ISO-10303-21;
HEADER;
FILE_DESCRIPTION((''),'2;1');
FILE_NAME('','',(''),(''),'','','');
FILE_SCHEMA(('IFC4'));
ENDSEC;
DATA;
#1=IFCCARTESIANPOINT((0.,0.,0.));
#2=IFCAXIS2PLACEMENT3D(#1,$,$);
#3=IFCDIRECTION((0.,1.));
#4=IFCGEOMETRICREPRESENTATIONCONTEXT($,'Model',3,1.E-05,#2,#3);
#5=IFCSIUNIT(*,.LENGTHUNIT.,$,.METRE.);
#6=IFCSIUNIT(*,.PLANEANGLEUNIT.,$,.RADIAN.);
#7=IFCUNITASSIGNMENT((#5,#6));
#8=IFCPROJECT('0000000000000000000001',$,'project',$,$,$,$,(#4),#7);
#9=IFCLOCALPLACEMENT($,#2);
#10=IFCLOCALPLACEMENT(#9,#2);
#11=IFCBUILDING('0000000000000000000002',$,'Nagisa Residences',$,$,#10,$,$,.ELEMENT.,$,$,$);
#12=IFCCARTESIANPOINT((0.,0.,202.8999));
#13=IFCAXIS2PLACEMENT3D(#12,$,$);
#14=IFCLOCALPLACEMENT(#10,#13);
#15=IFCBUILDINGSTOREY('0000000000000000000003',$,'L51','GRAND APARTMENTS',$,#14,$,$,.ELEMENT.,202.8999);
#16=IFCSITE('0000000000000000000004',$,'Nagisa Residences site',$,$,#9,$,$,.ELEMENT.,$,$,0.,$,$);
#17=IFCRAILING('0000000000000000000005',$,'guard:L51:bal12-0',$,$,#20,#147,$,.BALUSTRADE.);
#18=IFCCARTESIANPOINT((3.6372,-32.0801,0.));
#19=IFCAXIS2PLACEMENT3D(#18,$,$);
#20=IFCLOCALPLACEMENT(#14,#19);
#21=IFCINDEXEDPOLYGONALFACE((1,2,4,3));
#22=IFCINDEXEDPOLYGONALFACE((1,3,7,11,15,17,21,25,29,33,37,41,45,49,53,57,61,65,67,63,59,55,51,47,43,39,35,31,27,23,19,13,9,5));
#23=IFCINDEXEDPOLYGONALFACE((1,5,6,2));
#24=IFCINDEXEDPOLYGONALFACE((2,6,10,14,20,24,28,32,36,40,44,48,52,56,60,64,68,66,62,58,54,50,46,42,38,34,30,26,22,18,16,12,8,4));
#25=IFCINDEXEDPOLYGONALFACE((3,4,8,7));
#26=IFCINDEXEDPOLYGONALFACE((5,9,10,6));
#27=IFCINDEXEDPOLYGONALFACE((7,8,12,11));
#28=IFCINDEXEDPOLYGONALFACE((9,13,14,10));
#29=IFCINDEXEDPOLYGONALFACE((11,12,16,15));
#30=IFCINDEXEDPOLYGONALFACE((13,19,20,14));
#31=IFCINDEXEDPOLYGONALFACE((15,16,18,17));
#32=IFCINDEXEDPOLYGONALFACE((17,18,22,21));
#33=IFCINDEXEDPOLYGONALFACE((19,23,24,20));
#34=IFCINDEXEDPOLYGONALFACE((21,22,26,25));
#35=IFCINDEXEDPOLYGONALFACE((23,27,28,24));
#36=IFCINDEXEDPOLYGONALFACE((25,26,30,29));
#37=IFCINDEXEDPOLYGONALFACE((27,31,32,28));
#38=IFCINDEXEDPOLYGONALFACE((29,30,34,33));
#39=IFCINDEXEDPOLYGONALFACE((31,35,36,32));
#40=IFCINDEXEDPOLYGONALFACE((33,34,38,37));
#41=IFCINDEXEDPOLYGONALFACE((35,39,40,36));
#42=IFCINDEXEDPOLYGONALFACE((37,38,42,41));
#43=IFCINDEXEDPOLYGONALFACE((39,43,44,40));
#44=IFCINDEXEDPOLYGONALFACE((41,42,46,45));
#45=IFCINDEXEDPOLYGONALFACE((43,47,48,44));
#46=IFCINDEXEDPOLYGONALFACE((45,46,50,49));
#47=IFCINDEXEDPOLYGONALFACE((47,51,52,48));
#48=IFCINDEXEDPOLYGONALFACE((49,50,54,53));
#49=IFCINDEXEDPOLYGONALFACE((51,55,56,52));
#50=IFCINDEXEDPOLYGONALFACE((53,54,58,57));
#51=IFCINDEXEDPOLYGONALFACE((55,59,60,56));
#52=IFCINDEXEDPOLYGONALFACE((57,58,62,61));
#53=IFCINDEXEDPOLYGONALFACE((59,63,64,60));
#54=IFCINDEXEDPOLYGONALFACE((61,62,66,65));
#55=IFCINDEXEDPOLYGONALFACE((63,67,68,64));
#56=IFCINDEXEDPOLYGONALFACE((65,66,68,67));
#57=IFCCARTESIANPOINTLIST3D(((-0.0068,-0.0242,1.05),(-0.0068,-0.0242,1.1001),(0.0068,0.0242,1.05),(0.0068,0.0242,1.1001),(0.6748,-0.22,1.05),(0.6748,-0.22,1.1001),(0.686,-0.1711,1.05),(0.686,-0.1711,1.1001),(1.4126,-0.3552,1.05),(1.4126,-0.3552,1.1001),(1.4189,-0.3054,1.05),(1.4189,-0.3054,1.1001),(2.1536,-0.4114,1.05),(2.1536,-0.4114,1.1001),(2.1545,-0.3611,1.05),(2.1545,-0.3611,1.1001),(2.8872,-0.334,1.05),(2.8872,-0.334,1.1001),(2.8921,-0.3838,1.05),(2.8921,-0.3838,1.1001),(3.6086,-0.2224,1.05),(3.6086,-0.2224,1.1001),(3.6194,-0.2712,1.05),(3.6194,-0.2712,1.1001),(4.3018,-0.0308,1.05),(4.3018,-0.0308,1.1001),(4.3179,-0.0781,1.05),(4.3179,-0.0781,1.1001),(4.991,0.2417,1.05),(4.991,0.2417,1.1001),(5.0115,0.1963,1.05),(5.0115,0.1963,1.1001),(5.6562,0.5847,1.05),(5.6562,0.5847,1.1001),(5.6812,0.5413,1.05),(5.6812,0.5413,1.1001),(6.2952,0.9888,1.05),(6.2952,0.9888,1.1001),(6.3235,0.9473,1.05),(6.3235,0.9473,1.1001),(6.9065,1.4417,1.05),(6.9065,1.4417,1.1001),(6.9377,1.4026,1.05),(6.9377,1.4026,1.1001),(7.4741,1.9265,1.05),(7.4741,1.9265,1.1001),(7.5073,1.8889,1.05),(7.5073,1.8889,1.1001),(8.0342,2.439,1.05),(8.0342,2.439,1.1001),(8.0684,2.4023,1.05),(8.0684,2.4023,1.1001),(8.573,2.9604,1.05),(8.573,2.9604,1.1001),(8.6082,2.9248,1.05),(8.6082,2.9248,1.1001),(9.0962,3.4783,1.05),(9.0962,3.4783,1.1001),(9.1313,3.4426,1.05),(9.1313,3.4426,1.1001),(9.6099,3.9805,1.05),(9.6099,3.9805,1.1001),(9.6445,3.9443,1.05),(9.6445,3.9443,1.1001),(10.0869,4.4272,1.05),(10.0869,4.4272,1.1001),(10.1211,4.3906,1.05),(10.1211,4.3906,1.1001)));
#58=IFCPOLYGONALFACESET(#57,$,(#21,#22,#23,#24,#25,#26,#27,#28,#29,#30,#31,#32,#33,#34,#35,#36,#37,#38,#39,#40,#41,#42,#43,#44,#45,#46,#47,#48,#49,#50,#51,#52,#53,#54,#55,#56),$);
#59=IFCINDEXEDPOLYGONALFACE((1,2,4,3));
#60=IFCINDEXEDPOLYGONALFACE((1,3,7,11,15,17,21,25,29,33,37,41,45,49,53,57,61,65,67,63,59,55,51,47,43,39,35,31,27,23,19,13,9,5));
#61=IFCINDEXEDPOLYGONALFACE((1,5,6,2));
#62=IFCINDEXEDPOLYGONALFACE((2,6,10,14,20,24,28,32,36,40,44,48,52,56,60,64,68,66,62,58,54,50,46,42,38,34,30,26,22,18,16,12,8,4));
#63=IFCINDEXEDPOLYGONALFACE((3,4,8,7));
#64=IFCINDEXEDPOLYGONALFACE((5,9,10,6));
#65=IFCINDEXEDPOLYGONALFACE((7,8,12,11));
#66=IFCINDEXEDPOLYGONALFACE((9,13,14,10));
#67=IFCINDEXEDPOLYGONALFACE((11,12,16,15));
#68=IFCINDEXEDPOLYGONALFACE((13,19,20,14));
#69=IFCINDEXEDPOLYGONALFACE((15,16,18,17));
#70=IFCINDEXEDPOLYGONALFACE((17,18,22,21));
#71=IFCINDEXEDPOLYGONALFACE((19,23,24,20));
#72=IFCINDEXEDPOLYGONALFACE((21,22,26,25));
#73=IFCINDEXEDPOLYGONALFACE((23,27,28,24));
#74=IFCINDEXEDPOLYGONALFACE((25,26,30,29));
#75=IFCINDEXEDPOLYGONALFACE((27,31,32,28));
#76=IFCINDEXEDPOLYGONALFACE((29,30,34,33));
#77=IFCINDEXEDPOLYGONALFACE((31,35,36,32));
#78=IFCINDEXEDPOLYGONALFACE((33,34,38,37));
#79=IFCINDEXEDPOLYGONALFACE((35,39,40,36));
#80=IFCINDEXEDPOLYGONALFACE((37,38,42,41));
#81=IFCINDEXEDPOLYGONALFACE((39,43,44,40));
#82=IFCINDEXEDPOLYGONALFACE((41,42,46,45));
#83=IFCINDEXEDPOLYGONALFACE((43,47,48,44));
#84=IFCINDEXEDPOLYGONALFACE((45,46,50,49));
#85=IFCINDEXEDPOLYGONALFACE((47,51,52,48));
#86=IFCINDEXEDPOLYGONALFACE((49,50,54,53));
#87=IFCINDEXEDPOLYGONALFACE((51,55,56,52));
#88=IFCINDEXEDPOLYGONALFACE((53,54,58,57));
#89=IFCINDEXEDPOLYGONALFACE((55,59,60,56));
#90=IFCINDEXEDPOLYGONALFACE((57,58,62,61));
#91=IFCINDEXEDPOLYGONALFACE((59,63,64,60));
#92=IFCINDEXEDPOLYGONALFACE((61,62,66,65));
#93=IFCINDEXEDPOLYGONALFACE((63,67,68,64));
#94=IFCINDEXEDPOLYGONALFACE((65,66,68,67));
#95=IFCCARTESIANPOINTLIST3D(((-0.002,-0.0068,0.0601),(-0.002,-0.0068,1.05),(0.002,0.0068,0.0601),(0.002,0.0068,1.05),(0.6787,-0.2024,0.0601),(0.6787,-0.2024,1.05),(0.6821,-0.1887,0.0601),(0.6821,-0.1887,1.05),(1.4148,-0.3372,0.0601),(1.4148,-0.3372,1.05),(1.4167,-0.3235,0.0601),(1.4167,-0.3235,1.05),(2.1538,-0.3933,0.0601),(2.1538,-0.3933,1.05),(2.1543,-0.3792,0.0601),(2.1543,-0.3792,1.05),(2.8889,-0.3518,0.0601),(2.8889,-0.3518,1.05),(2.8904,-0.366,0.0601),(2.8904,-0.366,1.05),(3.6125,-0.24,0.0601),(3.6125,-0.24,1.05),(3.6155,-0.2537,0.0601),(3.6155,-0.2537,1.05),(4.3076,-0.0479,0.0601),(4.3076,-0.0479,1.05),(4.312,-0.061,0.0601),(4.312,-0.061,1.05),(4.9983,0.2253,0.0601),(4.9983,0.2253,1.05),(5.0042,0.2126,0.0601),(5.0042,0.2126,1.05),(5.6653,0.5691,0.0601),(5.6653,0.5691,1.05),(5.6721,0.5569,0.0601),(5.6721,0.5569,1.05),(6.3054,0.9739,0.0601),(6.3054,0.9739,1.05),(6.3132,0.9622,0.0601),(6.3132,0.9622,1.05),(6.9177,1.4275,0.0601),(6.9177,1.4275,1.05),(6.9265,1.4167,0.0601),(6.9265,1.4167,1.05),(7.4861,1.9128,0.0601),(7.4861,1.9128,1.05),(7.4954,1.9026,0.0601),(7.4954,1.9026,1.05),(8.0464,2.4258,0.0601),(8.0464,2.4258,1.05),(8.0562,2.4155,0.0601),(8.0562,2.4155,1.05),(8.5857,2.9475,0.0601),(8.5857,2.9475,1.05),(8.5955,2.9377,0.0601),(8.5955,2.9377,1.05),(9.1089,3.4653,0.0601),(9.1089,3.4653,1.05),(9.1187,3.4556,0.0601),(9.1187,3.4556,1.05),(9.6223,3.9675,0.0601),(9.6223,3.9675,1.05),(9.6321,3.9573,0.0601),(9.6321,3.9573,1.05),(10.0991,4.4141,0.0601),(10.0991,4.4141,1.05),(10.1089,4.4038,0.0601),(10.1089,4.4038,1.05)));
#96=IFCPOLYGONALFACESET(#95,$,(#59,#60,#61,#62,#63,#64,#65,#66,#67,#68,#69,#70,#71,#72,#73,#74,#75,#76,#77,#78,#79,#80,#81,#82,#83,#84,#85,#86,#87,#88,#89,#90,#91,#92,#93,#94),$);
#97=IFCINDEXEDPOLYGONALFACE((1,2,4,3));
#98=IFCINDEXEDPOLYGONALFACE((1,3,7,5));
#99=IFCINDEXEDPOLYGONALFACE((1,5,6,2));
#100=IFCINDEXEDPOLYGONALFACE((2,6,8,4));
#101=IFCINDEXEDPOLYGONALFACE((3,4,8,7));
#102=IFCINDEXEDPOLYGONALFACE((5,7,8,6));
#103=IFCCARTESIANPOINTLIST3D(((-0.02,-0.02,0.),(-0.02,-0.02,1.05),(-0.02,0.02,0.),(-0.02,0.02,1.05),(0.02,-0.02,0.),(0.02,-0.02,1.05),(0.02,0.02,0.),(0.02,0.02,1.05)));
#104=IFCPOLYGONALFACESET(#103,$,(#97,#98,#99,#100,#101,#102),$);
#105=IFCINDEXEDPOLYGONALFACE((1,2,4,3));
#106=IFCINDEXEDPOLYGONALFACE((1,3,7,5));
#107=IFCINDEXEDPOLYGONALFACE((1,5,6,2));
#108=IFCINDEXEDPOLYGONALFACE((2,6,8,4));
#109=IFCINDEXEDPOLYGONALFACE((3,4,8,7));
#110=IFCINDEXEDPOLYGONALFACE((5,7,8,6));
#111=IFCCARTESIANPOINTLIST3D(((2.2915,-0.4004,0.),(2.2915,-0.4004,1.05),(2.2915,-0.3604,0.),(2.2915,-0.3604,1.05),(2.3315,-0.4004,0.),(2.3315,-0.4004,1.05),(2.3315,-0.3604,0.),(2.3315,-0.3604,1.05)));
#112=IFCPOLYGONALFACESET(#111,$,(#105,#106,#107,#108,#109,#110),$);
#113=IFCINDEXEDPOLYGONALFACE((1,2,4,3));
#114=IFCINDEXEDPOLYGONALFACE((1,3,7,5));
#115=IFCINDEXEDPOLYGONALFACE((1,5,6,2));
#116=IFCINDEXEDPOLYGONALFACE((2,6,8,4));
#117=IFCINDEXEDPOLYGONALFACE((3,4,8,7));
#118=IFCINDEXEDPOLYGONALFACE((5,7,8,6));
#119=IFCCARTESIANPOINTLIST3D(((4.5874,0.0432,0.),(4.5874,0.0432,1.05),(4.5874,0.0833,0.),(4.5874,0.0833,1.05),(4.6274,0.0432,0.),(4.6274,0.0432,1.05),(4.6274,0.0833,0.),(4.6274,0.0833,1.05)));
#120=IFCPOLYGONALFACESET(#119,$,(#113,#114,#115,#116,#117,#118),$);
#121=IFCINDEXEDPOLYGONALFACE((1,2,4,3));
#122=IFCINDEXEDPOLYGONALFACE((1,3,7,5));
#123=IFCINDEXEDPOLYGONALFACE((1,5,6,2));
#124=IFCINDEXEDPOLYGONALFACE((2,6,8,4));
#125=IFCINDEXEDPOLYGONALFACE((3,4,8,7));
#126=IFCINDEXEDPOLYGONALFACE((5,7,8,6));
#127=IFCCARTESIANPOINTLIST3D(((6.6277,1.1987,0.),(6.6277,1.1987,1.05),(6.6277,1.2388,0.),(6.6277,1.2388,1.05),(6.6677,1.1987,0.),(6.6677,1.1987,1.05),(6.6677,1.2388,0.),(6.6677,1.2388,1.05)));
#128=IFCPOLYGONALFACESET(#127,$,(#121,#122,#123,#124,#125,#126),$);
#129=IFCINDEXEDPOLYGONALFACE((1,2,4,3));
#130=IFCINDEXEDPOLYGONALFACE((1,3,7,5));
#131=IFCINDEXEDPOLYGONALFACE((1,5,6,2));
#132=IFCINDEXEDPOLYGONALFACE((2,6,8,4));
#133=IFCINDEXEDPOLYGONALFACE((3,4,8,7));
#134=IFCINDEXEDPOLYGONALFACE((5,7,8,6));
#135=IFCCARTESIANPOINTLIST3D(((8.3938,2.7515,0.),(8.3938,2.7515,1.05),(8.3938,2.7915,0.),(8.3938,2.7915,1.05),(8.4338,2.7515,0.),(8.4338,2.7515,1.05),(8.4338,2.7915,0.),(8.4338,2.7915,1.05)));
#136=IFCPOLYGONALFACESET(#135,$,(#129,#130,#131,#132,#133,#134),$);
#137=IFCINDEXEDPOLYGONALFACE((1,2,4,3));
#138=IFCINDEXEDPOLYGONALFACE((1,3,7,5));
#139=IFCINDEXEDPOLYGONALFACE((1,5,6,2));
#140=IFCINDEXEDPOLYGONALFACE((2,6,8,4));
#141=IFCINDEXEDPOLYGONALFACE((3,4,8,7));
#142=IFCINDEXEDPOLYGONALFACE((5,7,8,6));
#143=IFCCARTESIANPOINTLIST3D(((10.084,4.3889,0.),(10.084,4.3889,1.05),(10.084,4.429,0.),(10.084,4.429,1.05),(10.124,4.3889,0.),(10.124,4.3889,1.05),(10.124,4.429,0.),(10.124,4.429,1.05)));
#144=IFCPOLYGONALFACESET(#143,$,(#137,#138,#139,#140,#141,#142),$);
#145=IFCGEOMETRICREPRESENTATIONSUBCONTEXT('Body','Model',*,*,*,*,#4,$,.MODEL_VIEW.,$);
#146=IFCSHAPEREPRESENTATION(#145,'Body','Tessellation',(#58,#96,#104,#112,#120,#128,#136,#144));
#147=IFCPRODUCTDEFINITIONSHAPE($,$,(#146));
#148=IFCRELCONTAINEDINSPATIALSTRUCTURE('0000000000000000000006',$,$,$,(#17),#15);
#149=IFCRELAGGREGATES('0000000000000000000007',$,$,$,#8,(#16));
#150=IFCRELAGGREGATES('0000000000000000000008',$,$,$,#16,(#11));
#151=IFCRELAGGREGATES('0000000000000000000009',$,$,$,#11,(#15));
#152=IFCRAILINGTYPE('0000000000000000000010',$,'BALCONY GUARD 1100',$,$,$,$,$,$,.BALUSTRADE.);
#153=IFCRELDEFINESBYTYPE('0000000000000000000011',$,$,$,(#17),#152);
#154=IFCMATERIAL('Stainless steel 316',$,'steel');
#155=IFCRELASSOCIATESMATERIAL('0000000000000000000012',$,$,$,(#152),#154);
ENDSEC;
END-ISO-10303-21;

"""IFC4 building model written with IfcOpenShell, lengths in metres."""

from ifc_helpers import new_model, si_unit, direction, frame, origin, origin_2d, place, context, subcontext, project, spatial, polyline, rectangle, outline, extrude, material, type_object, element, save


model = new_model("IFC4")

# Units and contexts
model_context = context("Model", 3, precision=1e-05, world=origin(), true_north=direction((0.0, 1.0)))
body_context = subcontext(model_context, "Body", "Model", "MODEL_VIEW")
ifc_project = project(units=[si_unit("LENGTHUNIT", "METRE"), si_unit("PLANEANGLEUNIT", "RADIAN")], contexts=[model_context])

# Site, building, storey
site_placement = place(None, origin())
site = spatial("IfcSite", under=ifc_project, at=site_placement, Name="Nagisa Residences site", CompositionType="ELEMENT", RefElevation=0.0)
building_placement = place(site_placement, origin())
building = spatial("IfcBuilding", under=site, at=building_placement, Name="Nagisa Residences", CompositionType="ELEMENT")
storey_placement = place(building_placement, frame((0.0, 0.0, 202.8999)))
storey = spatial("IfcBuildingStorey", under=building, at=storey_placement, Name="L51", Description="GRAND APARTMENTS", CompositionType="ELEMENT", Elevation=202.8999)

# Railing
ifc_material_1 = material(Name="Stainless steel 316", Category="steel")
railing_type = type_object("IfcRailingType", Name="BALCONY GUARD 1100", PredefinedType="BALUSTRADE", material=ifc_material_1)
railing_placement = place(storey_placement, frame((3.6372, -32.0801, 0.0)))
element("IfcRailing", 1, at=railing_placement, inside=storey, type_object=railing_type, Name="guard:L51:bal12-0", PredefinedType="BALUSTRADE", context=body_context, shape_type="SweptSolid", body=[
    extrude(outline(polyline([(0.686, -0.1711), (0.0068, 0.0242), (-0.0068, -0.0242), (0.6748, -0.22), (1.4126, -0.3552), (2.1536, -0.4114), (2.8921, -0.3838), (3.6194, -0.2712), (4.3179, -0.0781), (5.0115, 0.1963), (5.6812, 0.5413), (6.3235, 0.9473), (6.9377, 1.4026), (7.5073, 1.8889), (8.0684, 2.4023), (8.6082, 2.9248), (9.1313, 3.4426), (9.6445, 3.9443), (10.1211, 4.3906), (10.0869, 4.4272), (9.6099, 3.9805), (9.0962, 3.4783), (8.573, 2.9604), (8.0342, 2.439), (7.4741, 1.9265), (6.9065, 1.4417), (6.2952, 0.9888), (5.6562, 0.5847), (4.991, 0.2417), (4.3018, -0.0308), (3.6086, -0.2224), (2.8872, -0.334), (2.1545, -0.3611), (1.4189, -0.3054), (0.686, -0.1711)])), frame((0.0, 0.0, 1.05)), (0.0, 0.0, 1.0), 0.05),
    extrude(outline(polyline([(0.6821, -0.1887), (0.002, 0.0068), (-0.002, -0.0068), (0.6787, -0.2024), (1.4148, -0.3372), (2.1538, -0.3933), (2.8904, -0.366), (3.6155, -0.2537), (4.312, -0.061), (5.0042, 0.2126), (5.6721, 0.5569), (6.3132, 0.9622), (6.9265, 1.4167), (7.4954, 1.9026), (8.0562, 2.4155), (8.5955, 2.9377), (9.1187, 3.4556), (9.6321, 3.9573), (10.1089, 4.4038), (10.0991, 4.4141), (9.6223, 3.9675), (9.1089, 3.4653), (8.5857, 2.9475), (8.0464, 2.4258), (7.4861, 1.9128), (6.9177, 1.4275), (6.3054, 0.9739), (5.6653, 0.5691), (4.9983, 0.2253), (4.3076, -0.0479), (3.6125, -0.24), (2.8889, -0.3518), (2.1543, -0.3792), (1.4167, -0.3235), (0.6821, -0.1887)])), frame((0.0, 0.0, 0.0601)), (0.0, 0.0, 1.0), 0.99),
    extrude(rectangle(XDim=0.04, YDim=0.04, at=origin_2d()), origin(), (0.0, 0.0, 1.0), 1.05),
    extrude(rectangle(XDim=0.04, YDim=0.04, at=origin_2d()), frame((2.3115, -0.3804, 0.0)), (0.0, 0.0, 1.0), 1.05),
    extrude(rectangle(XDim=0.04, YDim=0.04, at=origin_2d()), frame((4.6074, 0.0632, 0.0)), (0.0, 0.0, 1.0), 1.05),
    extrude(rectangle(XDim=0.04, YDim=0.04, at=origin_2d()), frame((6.6477, 1.2188, 0.0)), (0.0, 0.0, 1.0), 1.05),
    extrude(rectangle(XDim=0.04, YDim=0.04, at=origin_2d()), frame((8.4138, 2.7715, 0.0)), (0.0, 0.0, 1.0), 1.05),
    extrude(rectangle(XDim=0.04, YDim=0.04, at=origin_2d()), frame((10.104, 4.4089, 0.0)), (0.0, 0.0, 1.0), 1.05),
])

save(model, "model.ifc")
